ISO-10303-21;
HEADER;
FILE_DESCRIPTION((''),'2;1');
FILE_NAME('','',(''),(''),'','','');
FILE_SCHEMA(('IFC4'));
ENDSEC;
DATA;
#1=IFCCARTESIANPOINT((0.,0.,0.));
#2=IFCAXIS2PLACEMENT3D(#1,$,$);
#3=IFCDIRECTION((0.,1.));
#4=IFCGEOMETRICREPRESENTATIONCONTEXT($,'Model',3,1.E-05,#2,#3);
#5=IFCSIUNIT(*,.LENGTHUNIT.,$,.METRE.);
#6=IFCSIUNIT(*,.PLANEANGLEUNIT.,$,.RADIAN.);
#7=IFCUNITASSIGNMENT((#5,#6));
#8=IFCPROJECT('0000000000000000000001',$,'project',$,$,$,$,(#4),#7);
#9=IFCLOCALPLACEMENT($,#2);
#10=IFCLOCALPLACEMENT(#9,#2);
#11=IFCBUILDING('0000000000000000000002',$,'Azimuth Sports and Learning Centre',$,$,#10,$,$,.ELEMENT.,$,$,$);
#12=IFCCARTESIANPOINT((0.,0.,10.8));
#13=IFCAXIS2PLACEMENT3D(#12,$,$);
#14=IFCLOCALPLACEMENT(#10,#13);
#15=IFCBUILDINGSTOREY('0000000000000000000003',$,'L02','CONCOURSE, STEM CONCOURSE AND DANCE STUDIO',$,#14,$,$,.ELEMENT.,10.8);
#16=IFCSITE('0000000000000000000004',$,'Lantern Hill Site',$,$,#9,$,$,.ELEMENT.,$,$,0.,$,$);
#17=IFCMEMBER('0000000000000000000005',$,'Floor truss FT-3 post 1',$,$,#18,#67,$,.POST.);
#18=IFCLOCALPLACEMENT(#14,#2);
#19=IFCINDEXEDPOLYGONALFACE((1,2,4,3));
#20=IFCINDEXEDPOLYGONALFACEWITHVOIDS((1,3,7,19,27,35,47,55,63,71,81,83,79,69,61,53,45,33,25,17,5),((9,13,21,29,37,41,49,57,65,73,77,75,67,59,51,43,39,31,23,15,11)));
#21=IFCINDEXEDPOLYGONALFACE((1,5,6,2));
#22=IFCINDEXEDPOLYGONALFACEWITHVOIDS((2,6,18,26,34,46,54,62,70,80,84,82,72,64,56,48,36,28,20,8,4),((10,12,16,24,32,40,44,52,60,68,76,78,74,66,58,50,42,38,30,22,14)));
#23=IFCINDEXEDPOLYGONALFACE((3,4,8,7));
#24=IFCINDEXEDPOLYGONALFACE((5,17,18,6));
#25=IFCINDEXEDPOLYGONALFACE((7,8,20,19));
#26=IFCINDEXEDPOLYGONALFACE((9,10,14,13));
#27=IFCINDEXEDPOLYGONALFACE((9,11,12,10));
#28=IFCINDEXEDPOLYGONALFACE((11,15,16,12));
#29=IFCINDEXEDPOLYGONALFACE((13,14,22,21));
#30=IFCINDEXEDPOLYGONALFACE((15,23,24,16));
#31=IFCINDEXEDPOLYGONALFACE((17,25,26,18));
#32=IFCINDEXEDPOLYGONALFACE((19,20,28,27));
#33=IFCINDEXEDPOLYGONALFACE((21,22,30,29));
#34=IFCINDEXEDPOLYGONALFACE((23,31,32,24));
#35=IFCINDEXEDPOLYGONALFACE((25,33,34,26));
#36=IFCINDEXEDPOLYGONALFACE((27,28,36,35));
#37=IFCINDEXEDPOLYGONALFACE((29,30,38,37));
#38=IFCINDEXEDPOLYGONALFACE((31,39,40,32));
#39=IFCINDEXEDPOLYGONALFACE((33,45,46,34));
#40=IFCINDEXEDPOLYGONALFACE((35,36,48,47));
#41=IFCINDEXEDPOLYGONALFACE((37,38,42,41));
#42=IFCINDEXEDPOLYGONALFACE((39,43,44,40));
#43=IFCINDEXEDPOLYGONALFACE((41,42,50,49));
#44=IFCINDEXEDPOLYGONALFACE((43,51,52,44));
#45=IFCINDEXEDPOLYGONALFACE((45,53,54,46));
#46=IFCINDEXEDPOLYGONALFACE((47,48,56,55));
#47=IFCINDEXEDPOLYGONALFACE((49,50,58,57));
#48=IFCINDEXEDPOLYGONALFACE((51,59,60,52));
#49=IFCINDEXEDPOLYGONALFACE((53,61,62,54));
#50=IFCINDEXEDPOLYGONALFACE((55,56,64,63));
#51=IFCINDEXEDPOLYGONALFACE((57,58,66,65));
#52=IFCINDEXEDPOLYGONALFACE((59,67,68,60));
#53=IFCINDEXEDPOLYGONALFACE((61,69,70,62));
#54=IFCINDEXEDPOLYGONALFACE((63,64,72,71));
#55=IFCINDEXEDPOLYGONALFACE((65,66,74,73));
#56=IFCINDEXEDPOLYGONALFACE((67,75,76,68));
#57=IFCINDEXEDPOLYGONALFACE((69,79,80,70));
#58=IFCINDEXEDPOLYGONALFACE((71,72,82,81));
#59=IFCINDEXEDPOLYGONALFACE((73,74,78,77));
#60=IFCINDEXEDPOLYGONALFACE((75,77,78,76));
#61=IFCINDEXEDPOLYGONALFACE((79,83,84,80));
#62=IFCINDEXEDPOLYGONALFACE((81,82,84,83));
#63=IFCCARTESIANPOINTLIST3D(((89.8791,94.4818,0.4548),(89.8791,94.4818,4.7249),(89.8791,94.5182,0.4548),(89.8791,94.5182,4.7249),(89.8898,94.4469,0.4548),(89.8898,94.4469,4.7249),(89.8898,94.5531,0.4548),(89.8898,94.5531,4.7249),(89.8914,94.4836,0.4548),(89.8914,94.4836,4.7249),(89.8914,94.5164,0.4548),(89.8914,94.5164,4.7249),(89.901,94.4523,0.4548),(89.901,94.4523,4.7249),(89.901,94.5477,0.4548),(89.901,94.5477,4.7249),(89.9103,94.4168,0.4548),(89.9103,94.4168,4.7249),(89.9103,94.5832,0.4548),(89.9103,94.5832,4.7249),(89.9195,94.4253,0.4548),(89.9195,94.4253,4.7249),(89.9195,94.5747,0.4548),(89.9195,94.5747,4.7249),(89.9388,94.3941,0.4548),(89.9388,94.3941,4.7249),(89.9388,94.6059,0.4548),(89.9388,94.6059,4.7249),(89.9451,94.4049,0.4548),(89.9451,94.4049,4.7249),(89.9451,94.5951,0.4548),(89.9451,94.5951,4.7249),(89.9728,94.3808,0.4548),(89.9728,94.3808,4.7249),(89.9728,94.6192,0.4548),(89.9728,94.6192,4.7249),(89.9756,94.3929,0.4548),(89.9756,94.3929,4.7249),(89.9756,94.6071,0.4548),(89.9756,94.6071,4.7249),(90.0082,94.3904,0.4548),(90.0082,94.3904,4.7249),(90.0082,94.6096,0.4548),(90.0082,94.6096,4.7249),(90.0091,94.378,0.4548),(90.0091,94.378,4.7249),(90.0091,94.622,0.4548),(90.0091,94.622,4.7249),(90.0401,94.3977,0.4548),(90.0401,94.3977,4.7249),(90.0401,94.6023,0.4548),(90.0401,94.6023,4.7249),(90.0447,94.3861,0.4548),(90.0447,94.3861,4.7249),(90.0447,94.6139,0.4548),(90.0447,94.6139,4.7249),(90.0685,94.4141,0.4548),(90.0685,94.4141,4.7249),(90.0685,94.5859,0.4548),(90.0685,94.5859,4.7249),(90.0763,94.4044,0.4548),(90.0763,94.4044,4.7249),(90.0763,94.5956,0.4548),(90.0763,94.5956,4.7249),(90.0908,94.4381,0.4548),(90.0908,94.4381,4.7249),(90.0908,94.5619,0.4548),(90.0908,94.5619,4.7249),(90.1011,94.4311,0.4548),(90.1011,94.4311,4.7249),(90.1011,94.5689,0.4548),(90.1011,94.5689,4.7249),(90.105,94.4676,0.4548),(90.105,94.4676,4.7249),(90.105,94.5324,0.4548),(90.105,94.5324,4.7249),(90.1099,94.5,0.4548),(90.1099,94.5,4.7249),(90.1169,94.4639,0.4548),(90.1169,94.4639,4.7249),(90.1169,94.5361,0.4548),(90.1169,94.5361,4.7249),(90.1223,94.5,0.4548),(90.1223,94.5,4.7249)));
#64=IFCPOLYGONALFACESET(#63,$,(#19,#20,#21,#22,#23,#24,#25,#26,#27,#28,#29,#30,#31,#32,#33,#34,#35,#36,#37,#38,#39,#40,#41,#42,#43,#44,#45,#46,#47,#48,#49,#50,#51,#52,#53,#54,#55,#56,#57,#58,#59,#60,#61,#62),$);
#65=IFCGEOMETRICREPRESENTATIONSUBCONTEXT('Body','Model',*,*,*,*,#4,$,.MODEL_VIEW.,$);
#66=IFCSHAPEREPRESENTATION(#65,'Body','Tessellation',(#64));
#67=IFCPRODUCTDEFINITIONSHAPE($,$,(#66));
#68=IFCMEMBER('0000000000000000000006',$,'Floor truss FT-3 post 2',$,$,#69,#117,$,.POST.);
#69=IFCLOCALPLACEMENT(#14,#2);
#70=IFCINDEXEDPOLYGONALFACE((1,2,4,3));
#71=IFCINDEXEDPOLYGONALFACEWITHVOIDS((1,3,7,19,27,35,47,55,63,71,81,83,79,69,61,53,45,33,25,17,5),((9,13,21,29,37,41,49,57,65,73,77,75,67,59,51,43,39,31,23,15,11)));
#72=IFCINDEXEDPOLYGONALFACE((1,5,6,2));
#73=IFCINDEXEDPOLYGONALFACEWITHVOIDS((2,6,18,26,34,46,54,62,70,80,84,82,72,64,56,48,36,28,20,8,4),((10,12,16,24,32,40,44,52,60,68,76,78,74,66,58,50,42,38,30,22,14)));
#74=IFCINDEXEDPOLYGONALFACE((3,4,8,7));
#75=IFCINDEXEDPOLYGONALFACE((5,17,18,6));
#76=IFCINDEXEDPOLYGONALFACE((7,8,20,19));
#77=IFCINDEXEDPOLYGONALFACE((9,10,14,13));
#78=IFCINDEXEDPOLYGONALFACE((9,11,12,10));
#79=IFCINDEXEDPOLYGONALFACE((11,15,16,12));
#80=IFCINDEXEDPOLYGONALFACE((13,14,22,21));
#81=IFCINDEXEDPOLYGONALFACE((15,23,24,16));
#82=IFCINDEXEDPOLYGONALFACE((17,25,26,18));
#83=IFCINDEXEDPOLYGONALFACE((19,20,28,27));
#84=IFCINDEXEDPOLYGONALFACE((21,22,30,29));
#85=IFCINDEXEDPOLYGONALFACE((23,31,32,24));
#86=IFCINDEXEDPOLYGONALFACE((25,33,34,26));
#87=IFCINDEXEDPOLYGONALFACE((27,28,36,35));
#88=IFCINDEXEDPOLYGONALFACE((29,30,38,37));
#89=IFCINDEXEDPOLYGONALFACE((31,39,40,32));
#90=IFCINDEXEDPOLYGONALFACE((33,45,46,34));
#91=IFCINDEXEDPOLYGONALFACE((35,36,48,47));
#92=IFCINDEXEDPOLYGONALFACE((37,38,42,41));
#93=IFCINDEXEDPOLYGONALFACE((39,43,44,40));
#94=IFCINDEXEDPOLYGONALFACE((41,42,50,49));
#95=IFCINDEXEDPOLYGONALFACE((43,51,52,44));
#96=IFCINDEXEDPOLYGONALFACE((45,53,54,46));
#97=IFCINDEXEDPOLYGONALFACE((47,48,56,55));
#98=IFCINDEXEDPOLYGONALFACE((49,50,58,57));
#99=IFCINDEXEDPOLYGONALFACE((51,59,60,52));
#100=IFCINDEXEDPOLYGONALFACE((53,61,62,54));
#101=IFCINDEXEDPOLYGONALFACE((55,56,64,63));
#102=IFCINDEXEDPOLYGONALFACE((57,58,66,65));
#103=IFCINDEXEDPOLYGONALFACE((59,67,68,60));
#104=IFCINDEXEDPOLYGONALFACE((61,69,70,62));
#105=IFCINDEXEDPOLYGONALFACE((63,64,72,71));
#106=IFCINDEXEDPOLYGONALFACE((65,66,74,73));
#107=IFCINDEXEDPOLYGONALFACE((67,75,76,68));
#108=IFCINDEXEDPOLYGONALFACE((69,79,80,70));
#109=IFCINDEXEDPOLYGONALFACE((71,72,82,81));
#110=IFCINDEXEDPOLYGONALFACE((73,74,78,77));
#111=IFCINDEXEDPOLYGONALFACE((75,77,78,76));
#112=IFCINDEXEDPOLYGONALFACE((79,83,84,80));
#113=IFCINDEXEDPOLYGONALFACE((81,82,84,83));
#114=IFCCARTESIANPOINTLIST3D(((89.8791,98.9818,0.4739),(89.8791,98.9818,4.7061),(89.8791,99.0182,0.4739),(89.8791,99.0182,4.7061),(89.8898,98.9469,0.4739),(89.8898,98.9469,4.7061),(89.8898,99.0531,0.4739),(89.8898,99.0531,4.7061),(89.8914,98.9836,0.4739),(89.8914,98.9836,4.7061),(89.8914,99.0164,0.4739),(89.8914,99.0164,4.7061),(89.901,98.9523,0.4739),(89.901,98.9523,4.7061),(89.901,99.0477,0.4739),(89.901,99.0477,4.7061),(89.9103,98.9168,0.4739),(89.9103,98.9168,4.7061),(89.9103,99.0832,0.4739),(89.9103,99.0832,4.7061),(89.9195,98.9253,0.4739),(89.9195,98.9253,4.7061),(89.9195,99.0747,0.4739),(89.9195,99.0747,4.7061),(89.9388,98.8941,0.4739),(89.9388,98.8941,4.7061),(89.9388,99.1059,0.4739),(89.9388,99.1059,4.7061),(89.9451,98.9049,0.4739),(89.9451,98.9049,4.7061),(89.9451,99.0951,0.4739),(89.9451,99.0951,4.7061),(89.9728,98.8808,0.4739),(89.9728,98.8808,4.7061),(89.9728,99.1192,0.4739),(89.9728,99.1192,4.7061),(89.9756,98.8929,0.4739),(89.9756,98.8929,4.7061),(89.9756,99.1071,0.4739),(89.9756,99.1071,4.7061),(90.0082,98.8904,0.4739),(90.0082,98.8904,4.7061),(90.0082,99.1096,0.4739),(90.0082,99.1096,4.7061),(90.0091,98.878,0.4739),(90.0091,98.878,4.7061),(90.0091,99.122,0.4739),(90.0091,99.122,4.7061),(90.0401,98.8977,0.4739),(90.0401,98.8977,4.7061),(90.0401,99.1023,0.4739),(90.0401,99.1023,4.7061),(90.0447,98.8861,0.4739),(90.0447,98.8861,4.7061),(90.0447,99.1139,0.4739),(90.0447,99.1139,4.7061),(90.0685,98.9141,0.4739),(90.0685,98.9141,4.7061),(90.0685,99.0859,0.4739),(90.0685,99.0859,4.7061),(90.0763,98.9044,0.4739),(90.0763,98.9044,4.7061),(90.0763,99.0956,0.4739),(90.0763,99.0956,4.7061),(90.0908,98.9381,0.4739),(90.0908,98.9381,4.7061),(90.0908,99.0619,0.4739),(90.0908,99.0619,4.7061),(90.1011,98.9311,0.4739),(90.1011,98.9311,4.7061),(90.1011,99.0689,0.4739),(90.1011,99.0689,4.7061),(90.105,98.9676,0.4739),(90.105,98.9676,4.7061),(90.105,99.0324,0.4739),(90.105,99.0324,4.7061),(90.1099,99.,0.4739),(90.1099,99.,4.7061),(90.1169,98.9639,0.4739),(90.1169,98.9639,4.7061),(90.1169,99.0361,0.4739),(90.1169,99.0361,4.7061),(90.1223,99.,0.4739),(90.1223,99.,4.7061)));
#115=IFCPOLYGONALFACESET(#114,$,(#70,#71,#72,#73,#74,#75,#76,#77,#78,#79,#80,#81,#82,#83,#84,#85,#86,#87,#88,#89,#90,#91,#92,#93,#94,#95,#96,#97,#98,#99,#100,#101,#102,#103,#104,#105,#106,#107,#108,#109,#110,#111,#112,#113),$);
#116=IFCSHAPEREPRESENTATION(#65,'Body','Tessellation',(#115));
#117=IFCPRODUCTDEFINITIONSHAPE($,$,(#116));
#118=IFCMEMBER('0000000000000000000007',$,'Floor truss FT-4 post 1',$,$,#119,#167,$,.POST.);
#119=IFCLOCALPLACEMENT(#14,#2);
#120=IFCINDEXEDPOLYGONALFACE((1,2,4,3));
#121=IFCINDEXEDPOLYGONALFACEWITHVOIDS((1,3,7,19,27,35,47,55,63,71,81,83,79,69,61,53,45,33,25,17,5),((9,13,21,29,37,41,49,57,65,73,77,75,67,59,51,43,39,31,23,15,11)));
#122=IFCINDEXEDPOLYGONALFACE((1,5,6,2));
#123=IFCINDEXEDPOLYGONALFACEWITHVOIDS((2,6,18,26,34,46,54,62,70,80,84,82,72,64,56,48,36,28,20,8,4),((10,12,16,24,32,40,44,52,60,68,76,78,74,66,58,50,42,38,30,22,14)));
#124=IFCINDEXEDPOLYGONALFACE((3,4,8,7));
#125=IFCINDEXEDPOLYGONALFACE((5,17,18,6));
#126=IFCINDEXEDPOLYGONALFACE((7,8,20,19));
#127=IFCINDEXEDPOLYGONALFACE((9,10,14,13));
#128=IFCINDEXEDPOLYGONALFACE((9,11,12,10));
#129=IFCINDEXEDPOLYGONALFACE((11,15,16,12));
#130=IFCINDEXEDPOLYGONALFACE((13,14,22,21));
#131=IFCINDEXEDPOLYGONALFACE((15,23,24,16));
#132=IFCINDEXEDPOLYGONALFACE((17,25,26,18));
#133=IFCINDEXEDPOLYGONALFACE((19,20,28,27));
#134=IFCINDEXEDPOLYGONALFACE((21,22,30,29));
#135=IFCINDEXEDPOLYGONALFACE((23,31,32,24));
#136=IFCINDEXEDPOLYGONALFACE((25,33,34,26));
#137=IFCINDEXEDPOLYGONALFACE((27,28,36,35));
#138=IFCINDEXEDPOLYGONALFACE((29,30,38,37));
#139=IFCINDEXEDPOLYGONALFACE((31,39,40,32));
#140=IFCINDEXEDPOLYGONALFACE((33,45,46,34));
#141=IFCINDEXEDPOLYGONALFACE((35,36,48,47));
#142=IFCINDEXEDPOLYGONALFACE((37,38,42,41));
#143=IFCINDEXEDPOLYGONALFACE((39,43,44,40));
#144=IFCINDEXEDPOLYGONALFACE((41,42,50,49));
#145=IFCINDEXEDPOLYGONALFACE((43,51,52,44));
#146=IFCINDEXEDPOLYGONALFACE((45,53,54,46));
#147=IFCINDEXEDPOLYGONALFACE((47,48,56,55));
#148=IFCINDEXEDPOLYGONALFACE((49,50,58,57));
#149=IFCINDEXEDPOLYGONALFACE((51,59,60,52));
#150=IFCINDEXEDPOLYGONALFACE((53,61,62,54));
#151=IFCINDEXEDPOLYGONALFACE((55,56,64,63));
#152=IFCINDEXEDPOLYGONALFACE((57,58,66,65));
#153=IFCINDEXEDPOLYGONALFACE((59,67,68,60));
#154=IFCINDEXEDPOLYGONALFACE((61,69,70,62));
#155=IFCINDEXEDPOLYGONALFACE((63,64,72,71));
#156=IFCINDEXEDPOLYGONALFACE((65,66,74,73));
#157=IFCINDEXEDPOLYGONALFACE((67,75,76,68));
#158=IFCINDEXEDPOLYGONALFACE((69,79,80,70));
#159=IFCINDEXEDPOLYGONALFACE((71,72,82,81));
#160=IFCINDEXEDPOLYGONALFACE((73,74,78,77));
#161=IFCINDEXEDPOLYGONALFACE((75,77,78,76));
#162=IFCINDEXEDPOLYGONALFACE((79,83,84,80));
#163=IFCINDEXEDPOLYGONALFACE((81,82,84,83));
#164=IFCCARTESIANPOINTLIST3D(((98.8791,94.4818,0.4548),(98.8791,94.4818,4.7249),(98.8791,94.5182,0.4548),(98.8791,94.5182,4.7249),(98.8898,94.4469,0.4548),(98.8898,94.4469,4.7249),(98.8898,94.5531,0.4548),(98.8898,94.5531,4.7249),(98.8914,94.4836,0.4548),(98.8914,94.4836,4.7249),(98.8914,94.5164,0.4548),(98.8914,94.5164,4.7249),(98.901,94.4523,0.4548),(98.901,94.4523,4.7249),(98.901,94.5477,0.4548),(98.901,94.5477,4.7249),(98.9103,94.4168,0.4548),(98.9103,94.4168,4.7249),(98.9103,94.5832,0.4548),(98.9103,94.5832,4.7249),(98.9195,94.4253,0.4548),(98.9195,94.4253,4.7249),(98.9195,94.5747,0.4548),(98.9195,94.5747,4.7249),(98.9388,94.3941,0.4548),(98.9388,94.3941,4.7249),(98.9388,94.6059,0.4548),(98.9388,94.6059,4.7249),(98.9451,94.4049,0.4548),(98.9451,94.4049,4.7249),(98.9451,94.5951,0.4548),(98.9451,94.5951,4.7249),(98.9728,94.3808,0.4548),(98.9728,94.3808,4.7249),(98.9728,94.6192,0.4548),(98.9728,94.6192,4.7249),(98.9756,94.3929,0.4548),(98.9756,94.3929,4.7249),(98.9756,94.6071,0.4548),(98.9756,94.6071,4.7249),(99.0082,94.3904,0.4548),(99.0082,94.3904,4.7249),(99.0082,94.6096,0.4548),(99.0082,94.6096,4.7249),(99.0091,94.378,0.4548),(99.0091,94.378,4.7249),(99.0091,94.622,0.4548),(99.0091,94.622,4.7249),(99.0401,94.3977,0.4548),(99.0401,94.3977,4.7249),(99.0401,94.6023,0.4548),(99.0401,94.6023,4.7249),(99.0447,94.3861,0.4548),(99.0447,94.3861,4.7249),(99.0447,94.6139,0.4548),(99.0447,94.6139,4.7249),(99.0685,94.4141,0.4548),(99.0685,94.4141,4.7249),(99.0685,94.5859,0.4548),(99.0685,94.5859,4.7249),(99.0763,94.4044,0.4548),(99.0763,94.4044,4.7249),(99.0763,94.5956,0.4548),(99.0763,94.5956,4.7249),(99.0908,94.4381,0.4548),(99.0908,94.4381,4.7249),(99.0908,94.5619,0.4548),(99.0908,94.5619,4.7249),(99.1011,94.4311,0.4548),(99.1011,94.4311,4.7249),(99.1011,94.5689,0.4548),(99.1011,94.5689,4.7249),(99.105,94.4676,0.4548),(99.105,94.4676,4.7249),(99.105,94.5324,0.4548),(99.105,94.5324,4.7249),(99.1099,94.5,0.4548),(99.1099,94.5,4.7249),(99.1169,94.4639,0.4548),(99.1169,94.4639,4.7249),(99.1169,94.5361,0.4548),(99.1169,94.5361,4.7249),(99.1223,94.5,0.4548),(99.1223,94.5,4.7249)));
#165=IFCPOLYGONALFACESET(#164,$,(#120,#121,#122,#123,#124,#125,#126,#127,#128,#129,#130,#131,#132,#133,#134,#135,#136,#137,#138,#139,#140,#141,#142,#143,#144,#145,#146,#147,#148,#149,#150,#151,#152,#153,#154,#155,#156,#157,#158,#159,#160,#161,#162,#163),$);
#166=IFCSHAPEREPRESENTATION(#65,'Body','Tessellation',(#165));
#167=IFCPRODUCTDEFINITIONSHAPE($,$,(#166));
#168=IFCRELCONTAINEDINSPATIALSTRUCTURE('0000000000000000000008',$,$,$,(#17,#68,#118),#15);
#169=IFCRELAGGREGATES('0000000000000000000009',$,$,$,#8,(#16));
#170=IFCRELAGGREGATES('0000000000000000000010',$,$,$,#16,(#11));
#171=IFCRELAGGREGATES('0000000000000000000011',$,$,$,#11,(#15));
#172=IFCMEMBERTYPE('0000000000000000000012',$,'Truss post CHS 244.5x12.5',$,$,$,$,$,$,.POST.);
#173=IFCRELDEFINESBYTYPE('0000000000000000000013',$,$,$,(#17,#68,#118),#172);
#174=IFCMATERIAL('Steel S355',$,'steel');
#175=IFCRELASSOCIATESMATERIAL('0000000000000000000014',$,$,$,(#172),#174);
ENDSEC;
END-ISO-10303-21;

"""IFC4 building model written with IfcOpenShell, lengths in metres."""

from ifc_helpers import new_model, si_unit, direction, frame, origin, origin_2d, place, context, subcontext, project, spatial, hollow_circle, extrude, material, material_profile, profile_set, type_object, element, save


model = new_model("IFC4")

# Units and contexts
model_context = context("Model", 3, precision=1e-05, world=origin(), true_north=direction((0.0, 1.0)))
body_context = subcontext(model_context, "Body", "Model", "MODEL_VIEW")
ifc_project = project(units=[si_unit("LENGTHUNIT", "METRE"), si_unit("PLANEANGLEUNIT", "RADIAN")], contexts=[model_context])

# Site, building, storey
site_placement = place(None, origin())
site = spatial("IfcSite", under=ifc_project, at=site_placement, Name="Lantern Hill Site", CompositionType="ELEMENT", RefElevation=0.0)
building_placement = place(site_placement, origin())
building = spatial("IfcBuilding", under=site, at=building_placement, Name="Azimuth Sports and Learning Centre", CompositionType="ELEMENT")
storey_placement = place(building_placement, frame((0.0, 0.0, 10.8)))
storey = spatial("IfcBuildingStorey", under=building, at=storey_placement, Name="L02", Description="CONCOURSE, STEM CONCOURSE AND DANCE STUDIO", CompositionType="ELEMENT", Elevation=10.8)

# Members
ifc_material_1 = material(Name="Steel S355", Category="steel")
ifc_material_profile_1 = material_profile(ifc_material_1, hollow_circle(Radius=0.1223, WallThickness=0.0125, at=origin_2d()), Name="CHS 244.5x12.5")
ifc_profile_set_1 = profile_set([ifc_material_profile_1], Name="Steel S355")
member_type_1 = type_object("IfcMemberType", Name="Truss post CHS 244.5x12.5", PredefinedType="POST", material=ifc_profile_set_1)
member_1_placement = place(storey_placement, frame((90.0, 94.5, 0.4548), z_axis=(0.0, 0.0, 1.0), x_axis=(1.0, 0.0, 0.0)))
element("IfcMember", 1, at=member_1_placement, inside=storey, type_object=member_type_1, Name="Floor truss FT-3 post 1", PredefinedType="POST", context=body_context, shape_type="SweptSolid", body=[
    extrude(hollow_circle(Radius=0.1223, WallThickness=0.0125, at=origin_2d()), origin(), (0.0, 0.0, 1.0), 4.27),
])
member_2_placement = place(storey_placement, frame((90.0, 99.0, 0.4739), z_axis=(0.0, 0.0, 1.0), x_axis=(1.0, 0.0, 0.0)))
element("IfcMember", 2, at=member_2_placement, inside=storey, type_object=member_type_1, Name="Floor truss FT-3 post 2", PredefinedType="POST", context=body_context, shape_type="SweptSolid", body=[
    extrude(hollow_circle(Radius=0.1223, WallThickness=0.0125, at=origin_2d()), origin(), (0.0, 0.0, 1.0), 4.2322),
])
member_3_placement = place(storey_placement, frame((99.0, 94.5, 0.4548), z_axis=(0.0, 0.0, 1.0), x_axis=(1.0, 0.0, 0.0)))
element("IfcMember", 3, at=member_3_placement, inside=storey, type_object=member_type_1, Name="Floor truss FT-4 post 1", PredefinedType="POST", context=body_context, shape_type="SweptSolid", body=[
    extrude(hollow_circle(Radius=0.1223, WallThickness=0.0125, at=origin_2d()), origin(), (0.0, 0.0, 1.0), 4.27),
])

save(model, "model.ifc")
